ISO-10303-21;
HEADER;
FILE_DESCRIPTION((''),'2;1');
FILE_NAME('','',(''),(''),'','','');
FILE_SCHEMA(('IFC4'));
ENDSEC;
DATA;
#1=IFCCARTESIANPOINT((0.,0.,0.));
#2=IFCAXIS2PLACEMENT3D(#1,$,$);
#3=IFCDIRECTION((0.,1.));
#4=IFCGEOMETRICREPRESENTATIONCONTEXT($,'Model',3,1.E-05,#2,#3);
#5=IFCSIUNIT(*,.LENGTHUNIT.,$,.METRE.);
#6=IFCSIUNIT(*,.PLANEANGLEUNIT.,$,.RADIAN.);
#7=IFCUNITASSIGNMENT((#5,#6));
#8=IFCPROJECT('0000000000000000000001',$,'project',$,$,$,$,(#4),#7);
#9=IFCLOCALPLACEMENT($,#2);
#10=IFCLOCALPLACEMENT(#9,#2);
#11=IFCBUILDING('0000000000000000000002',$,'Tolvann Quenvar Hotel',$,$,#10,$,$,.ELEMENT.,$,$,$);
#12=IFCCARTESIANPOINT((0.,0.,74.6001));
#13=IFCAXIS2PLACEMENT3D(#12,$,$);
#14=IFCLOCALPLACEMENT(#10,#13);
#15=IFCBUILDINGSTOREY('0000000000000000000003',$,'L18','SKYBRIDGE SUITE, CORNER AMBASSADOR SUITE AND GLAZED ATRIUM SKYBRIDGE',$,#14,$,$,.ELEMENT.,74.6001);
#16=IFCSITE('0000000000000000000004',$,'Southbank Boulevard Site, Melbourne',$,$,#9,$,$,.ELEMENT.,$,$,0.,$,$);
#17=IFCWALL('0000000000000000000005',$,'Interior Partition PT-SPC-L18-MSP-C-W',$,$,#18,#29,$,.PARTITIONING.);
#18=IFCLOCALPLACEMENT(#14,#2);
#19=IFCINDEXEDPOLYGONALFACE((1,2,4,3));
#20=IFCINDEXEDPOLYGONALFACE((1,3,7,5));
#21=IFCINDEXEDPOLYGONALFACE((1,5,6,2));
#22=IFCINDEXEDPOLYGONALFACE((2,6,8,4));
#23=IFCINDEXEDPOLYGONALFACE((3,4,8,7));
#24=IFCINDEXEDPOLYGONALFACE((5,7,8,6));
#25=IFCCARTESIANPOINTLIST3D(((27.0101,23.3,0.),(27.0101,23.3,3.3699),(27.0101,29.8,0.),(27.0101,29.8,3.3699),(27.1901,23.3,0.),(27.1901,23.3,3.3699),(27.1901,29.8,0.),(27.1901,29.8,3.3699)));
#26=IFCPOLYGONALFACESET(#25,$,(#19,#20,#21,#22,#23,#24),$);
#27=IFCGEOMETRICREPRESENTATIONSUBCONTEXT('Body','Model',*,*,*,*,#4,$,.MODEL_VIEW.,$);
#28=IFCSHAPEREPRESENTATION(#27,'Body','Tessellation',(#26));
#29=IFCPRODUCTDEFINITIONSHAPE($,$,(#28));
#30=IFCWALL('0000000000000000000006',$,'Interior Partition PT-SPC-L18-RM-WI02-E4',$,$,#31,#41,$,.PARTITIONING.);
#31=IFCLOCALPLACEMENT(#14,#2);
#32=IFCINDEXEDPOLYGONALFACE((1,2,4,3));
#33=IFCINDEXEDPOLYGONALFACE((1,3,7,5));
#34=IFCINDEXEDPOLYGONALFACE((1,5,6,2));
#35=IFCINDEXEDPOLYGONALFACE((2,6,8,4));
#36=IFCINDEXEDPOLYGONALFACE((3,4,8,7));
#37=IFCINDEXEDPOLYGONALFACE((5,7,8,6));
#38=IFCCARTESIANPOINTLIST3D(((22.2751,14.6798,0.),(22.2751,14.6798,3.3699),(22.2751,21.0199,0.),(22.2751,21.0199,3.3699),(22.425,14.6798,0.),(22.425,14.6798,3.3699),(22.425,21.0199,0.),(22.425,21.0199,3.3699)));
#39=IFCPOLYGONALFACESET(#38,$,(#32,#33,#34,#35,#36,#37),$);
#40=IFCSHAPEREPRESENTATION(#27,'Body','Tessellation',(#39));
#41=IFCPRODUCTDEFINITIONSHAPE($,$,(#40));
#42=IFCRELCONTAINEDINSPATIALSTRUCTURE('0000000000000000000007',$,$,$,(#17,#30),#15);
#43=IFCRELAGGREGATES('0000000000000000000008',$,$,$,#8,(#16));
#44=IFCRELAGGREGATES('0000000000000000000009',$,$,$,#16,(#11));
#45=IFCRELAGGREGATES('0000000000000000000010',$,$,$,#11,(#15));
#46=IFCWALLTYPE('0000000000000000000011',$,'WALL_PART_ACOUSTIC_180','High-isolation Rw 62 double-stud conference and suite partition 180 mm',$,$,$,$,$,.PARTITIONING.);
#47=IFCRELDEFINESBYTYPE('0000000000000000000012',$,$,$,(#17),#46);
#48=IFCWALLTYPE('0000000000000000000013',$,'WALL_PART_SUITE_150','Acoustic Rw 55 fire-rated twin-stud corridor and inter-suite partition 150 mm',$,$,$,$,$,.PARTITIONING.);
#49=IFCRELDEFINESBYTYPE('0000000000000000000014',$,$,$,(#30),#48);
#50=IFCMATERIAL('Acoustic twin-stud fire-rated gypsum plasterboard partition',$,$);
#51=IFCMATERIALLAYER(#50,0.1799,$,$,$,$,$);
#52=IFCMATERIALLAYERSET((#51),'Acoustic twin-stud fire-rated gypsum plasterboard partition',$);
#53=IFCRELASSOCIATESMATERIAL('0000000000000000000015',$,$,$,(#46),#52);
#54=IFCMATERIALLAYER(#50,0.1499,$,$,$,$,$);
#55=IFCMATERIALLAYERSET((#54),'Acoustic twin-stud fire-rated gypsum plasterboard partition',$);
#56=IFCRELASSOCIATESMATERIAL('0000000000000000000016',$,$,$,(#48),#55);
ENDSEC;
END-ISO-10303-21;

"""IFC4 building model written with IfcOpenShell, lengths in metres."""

from ifc_helpers import new_model, si_unit, direction, frame, frame_2d, origin, place, context, subcontext, project, spatial, rectangle, extrude, material, layer, layer_set, type_object, element, save


model = new_model("IFC4")

# Units and contexts
model_context = context("Model", 3, precision=1e-05, world=origin(), true_north=direction((0.0, 1.0)))
body_context = subcontext(model_context, "Body", "Model", "MODEL_VIEW")
ifc_project = project(units=[si_unit("LENGTHUNIT", "METRE"), si_unit("PLANEANGLEUNIT", "RADIAN")], contexts=[model_context])

# Site, building, storey
site_placement = place(None, origin())
site = spatial("IfcSite", under=ifc_project, at=site_placement, Name="Southbank Boulevard Site, Melbourne", CompositionType="ELEMENT", RefElevation=0.0)
building_placement = place(site_placement, origin())
building = spatial("IfcBuilding", under=site, at=building_placement, Name="Tolvann Quenvar Hotel", CompositionType="ELEMENT")
storey_placement = place(building_placement, frame((0.0, 0.0, 74.6001)))
storey = spatial("IfcBuildingStorey", under=building, at=storey_placement, Name="L18", Description="SKYBRIDGE SUITE, CORNER AMBASSADOR SUITE AND GLAZED ATRIUM SKYBRIDGE", CompositionType="ELEMENT", Elevation=74.6001)

# Shared definitions
ifc_material_1 = material(Name="Acoustic twin-stud fire-rated gypsum plasterboard partition")
ifc_layer_1 = layer(ifc_material_1, 0.1799)
ifc_layer_set_1 = layer_set([ifc_layer_1], Name="Acoustic twin-stud fire-rated gypsum plasterboard partition")
wall_type_1 = type_object("IfcWallType", Name="WALL_PART_ACOUSTIC_180", Description="High-isolation Rw 62 double-stud conference and suite partition 180 mm", PredefinedType="PARTITIONING", material=ifc_layer_set_1)

# Walls
wall_1_placement = place(storey_placement, frame((27.1001, 23.3, 0.0), z_axis=(0.0, 0.0, 1.0), x_axis=(0.0, 1.0, 0.0)))
element("IfcWall", 1, at=wall_1_placement, inside=storey, type_object=wall_type_1, Name="Interior Partition PT-SPC-L18-MSP-C-W", PredefinedType="PARTITIONING", context=body_context, shape_type="SweptSolid", body=[
    extrude(rectangle(XDim=6.5, YDim=0.1799, at=frame_2d((3.25, 0.0))), origin(), (0.0, 0.0, 1.0), 3.3699),
])
ifc_layer_2 = layer(ifc_material_1, 0.1499)
ifc_layer_set_2 = layer_set([ifc_layer_2], Name="Acoustic twin-stud fire-rated gypsum plasterboard partition")
wall_type_2 = type_object("IfcWallType", Name="WALL_PART_SUITE_150", Description="Acoustic Rw 55 fire-rated twin-stud corridor and inter-suite partition 150 mm", PredefinedType="PARTITIONING", material=ifc_layer_set_2)
wall_2_placement = place(storey_placement, frame((22.3501, 14.6799, 0.0), z_axis=(0.0, 0.0, 1.0), x_axis=(0.0, 1.0, 0.0)))
element("IfcWall", 2, at=wall_2_placement, inside=storey, type_object=wall_type_2, Name="Interior Partition PT-SPC-L18-RM-WI02-E4", PredefinedType="PARTITIONING", context=body_context, shape_type="SweptSolid", body=[
    extrude(rectangle(XDim=6.3401, YDim=0.1499, at=frame_2d((3.1699, 0.0))), origin(), (0.0, 0.0, 1.0), 3.3699),
])

save(model, "model.ifc")
